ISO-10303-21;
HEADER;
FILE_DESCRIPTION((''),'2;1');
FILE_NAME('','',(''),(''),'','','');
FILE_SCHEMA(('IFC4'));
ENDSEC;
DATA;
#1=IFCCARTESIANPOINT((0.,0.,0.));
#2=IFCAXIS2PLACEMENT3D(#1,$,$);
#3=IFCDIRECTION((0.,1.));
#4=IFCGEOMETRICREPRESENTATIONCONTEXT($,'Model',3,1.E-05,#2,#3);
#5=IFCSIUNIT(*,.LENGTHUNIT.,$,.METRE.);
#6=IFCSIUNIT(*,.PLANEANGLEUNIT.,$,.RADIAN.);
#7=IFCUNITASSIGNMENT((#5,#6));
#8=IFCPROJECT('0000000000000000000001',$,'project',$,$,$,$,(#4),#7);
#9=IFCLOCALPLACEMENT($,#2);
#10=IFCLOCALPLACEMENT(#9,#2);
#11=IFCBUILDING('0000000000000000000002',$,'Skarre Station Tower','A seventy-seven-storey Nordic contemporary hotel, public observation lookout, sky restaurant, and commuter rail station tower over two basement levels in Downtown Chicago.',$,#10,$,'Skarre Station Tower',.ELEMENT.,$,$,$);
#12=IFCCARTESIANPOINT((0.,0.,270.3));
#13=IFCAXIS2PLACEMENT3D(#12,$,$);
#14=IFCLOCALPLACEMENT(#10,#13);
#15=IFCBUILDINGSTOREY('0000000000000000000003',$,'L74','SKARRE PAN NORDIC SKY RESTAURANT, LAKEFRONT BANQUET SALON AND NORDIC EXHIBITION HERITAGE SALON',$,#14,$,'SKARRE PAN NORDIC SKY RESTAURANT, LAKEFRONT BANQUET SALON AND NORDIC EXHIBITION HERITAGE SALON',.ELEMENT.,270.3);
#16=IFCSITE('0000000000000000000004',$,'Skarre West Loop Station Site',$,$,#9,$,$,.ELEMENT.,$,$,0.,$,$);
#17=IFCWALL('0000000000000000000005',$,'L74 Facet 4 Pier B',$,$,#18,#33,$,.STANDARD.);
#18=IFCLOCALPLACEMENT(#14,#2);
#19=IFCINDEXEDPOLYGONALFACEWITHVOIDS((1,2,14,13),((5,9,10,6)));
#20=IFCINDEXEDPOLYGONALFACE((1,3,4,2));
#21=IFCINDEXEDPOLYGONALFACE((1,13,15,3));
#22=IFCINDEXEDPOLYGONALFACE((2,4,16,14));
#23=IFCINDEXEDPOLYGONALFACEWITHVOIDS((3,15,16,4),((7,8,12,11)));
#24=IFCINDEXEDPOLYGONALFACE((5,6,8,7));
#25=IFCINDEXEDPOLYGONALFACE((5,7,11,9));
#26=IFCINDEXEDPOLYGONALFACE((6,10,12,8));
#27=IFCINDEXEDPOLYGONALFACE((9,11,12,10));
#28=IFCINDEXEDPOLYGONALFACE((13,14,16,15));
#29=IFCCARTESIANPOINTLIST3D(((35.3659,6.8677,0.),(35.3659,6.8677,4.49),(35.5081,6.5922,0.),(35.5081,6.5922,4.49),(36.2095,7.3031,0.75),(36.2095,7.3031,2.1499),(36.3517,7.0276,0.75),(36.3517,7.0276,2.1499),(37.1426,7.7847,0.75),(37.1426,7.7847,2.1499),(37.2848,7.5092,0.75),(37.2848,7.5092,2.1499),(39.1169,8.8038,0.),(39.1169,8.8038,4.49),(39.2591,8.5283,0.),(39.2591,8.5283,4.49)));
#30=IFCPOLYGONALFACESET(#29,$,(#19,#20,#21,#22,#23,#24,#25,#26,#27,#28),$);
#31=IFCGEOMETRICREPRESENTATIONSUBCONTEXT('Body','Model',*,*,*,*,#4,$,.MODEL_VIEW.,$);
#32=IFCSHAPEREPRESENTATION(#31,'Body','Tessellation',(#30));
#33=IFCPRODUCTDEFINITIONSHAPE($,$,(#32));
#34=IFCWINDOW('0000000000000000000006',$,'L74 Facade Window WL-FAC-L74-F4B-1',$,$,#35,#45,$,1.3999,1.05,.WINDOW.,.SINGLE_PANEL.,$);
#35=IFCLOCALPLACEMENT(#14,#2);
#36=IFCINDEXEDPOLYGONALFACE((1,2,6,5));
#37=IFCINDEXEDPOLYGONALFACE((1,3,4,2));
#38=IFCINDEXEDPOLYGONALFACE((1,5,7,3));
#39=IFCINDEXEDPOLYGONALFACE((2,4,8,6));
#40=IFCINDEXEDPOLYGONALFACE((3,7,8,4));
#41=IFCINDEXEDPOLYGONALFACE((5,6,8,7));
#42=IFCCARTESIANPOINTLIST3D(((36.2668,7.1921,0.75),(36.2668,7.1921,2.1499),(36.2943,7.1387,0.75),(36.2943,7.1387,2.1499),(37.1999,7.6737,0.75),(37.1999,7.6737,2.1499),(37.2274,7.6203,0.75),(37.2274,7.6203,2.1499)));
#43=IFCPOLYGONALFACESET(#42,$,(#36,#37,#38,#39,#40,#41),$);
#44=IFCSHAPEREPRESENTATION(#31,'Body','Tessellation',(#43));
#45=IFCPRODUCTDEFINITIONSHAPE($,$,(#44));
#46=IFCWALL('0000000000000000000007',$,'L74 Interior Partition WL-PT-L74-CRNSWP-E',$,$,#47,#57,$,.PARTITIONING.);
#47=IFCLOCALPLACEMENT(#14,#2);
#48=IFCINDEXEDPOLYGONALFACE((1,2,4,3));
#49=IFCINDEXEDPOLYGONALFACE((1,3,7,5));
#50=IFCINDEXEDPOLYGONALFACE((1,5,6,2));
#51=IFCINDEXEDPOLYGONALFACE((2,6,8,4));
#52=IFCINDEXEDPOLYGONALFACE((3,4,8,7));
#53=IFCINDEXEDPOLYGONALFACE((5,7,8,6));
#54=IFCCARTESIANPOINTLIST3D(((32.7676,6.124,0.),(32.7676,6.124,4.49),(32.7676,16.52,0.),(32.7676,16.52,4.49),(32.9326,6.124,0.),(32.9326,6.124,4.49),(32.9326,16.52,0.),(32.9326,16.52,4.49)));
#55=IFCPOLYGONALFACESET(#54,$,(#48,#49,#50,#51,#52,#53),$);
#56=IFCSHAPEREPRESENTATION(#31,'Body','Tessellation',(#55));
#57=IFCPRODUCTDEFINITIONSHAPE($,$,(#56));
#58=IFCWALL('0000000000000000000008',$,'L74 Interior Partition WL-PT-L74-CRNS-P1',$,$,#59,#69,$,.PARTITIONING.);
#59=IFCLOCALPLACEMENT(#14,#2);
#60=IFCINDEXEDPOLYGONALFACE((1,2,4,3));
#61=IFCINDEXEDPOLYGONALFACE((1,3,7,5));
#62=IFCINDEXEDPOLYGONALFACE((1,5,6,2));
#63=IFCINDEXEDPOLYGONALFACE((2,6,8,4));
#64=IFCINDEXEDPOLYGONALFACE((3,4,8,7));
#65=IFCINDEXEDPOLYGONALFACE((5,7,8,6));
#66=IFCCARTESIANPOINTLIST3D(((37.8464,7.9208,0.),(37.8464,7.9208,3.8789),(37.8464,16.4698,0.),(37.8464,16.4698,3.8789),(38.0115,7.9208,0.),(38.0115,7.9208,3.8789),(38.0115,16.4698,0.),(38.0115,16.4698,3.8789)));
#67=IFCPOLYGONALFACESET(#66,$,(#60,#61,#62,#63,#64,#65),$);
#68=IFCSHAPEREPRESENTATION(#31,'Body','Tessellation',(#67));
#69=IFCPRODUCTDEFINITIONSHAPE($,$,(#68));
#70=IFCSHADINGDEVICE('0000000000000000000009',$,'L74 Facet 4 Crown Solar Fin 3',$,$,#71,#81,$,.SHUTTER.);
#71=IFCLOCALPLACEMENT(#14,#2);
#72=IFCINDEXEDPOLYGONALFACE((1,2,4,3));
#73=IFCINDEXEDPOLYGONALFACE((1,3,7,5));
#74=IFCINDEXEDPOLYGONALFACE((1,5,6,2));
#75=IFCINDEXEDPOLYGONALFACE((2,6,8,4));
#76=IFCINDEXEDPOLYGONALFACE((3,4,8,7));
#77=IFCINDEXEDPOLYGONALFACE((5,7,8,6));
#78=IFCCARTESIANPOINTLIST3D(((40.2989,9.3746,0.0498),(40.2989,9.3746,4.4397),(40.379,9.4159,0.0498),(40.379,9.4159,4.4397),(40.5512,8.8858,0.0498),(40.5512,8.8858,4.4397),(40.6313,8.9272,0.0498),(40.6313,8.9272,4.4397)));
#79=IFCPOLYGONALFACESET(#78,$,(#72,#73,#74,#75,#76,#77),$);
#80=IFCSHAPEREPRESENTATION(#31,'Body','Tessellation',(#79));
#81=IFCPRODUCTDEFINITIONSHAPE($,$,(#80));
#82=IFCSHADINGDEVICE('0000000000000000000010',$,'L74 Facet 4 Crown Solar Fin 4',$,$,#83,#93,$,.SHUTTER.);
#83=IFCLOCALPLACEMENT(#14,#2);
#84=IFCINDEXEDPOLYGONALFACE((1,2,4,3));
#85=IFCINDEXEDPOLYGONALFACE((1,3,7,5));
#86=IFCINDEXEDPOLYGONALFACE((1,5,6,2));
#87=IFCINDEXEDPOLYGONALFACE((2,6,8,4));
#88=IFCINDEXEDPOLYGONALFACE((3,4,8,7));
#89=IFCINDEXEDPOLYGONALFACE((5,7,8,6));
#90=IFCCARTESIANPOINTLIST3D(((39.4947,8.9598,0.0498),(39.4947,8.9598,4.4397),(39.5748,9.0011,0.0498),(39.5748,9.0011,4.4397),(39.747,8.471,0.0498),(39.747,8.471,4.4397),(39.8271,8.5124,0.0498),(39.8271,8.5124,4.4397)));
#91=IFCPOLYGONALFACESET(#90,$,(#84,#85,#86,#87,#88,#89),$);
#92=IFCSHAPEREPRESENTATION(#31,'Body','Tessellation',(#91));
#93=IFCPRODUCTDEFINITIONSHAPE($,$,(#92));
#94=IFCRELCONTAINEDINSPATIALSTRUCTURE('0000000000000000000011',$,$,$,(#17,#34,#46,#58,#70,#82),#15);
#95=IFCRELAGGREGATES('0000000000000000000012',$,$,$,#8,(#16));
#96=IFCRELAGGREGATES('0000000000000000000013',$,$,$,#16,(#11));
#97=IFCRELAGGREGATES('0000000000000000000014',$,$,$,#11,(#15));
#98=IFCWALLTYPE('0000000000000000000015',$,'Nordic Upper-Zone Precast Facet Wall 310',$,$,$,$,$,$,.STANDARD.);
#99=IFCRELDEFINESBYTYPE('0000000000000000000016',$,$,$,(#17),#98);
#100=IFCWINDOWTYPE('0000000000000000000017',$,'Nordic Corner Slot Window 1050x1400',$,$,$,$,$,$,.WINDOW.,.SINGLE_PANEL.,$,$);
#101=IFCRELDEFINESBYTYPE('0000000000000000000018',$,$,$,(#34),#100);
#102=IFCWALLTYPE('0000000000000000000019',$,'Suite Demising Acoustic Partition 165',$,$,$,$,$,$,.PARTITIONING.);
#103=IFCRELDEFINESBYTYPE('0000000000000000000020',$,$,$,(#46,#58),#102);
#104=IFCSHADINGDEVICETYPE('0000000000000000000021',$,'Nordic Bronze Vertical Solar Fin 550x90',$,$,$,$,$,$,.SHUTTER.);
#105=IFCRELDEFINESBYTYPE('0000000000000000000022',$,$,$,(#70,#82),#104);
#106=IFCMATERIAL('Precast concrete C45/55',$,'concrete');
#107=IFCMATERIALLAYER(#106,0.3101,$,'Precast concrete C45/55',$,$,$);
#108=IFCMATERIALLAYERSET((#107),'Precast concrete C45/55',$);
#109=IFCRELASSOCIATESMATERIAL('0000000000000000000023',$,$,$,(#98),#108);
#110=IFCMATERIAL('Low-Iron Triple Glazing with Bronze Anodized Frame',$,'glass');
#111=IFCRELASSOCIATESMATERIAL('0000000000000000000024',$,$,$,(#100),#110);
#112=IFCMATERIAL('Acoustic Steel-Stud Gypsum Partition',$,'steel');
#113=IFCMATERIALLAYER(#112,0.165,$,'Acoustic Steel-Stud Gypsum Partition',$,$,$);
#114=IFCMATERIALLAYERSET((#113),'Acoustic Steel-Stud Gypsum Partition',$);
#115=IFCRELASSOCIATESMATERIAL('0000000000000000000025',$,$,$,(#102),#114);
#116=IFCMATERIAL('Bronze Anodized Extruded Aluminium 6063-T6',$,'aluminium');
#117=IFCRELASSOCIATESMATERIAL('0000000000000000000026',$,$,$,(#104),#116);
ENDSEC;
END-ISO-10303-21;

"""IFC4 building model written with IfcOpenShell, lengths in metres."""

from ifc_helpers import new_model, si_unit, direction, frame, frame_2d, origin, origin_2d, place, context, subcontext, project, spatial, rectangle, extrude, material, layer, layer_set, type_object, element, fill, save


model = new_model("IFC4")

# Units and contexts
model_context = context("Model", 3, precision=1e-05, world=origin(), true_north=direction((0.0, 1.0)))
body_context = subcontext(model_context, "Body", "Model", "MODEL_VIEW")
ifc_project = project(units=[si_unit("LENGTHUNIT", "METRE"), si_unit("PLANEANGLEUNIT", "RADIAN")], contexts=[model_context])

# Site, building, storey
site_placement = place(None, origin())
site = spatial("IfcSite", under=ifc_project, at=site_placement, Name="Skarre West Loop Station Site", CompositionType="ELEMENT", RefElevation=0.0)
building_placement = place(site_placement, origin())
building = spatial("IfcBuilding", under=site, at=building_placement, Name="Skarre Station Tower", Description="A seventy-seven-storey Nordic contemporary hotel, public observation lookout, sky restaurant, and commuter rail station tower over two basement levels in Downtown Chicago.", LongName="Skarre Station Tower", CompositionType="ELEMENT")
storey_placement = place(building_placement, frame((0.0, 0.0, 270.3)))
storey = spatial("IfcBuildingStorey", under=building, at=storey_placement, Name="L74", Description="SKARRE PAN NORDIC SKY RESTAURANT, LAKEFRONT BANQUET SALON AND NORDIC EXHIBITION HERITAGE SALON", LongName="SKARRE PAN NORDIC SKY RESTAURANT, LAKEFRONT BANQUET SALON AND NORDIC EXHIBITION HERITAGE SALON", CompositionType="ELEMENT", Elevation=270.3)

# Shared definitions
ifc_material_1 = material(Name="Precast concrete C45/55", Category="concrete")

# Wall, opening, window
ifc_layer_1 = layer(ifc_material_1, 0.3101, Name="Precast concrete C45/55")
ifc_layer_set_1 = layer_set([ifc_layer_1], Name="Precast concrete C45/55")
wall_type_1 = type_object("IfcWallType", Name="Nordic Upper-Zone Precast Facet Wall 310", PredefinedType="STANDARD", material=ifc_layer_set_1)
wall_1_placement = place(storey_placement, frame((39.188, 8.666, 0.0), z_axis=(0.0, 0.0, 1.0), x_axis=(-0.888616, -0.458652, 0.0)))
wall_1 = element("IfcWall", 1, at=wall_1_placement, inside=storey, type_object=wall_type_1, Name="L74 Facet 4 Pier B", PredefinedType="STANDARD", context=body_context, shape_type="SweptSolid", body=[
    extrude(rectangle(XDim=4.2212, YDim=0.3101, at=frame_2d((2.1106, 0.0))), origin(), (0.0, 0.0, 1.0), 4.49),
])
opening_placement = place(wall_1_placement, frame((2.2219, 0.0, 0.75)))
opening = element("IfcOpeningElement", 2, at=opening_placement, cuts=wall_1, PredefinedType="OPENING", context=body_context, shape_type="SweptSolid", body=[
    extrude(rectangle(XDim=1.05, YDim=1.3999, at=frame_2d((0.5249, 0.7))), frame((0.0, 0.165, 0.0), z_axis=(0.0, -1.0, 0.0), x_axis=(1.0, 0.0, 0.0)), (0.0, 0.0, 1.0), 0.3301),
])
ifc_material_2 = material(Name="Low-Iron Triple Glazing with Bronze Anodized Frame", Category="glass")
window_type = type_object("IfcWindowType", Name="Nordic Corner Slot Window 1050x1400", PartitioningType="SINGLE_PANEL", PredefinedType="WINDOW", material=ifc_material_2)
window_placement = place(opening_placement, origin())
window = element("IfcWindow", 3, at=window_placement, inside=storey, type_object=window_type, Name="L74 Facade Window WL-FAC-L74-F4B-1", OverallHeight=1.3999, OverallWidth=1.05, PartitioningType="SINGLE_PANEL", PredefinedType="WINDOW", context=body_context, shape_type="SweptSolid", body=[
    extrude(rectangle(XDim=1.05, YDim=1.3999, at=frame_2d((0.5249, 0.7))), frame((0.0, 0.03, 0.0), z_axis=(0.0, -1.0, 0.0), x_axis=(1.0, 0.0, 0.0)), (0.0, 0.0, 1.0), 0.0601),
])
fill(opening, window)

# Walls
ifc_material_3 = material(Name="Acoustic Steel-Stud Gypsum Partition", Category="steel")
ifc_layer_2 = layer(ifc_material_3, 0.165, Name="Acoustic Steel-Stud Gypsum Partition")
ifc_layer_set_2 = layer_set([ifc_layer_2], Name="Acoustic Steel-Stud Gypsum Partition")
wall_type_2 = type_object("IfcWallType", Name="Suite Demising Acoustic Partition 165", PredefinedType="PARTITIONING", material=ifc_layer_set_2)
wall_2_placement = place(storey_placement, frame((32.8501, 6.124, 0.0), z_axis=(0.0, 0.0, 1.0), x_axis=(0.0, 1.0, 0.0)))
element("IfcWall", 4, at=wall_2_placement, inside=storey, type_object=wall_type_2, Name="L74 Interior Partition WL-PT-L74-CRNSWP-E", PredefinedType="PARTITIONING", context=body_context, shape_type="SweptSolid", body=[
    extrude(rectangle(XDim=10.396, YDim=0.165, at=frame_2d((5.198, 0.0))), origin(), (0.0, 0.0, 1.0), 4.49),
])
wall_3_placement = place(storey_placement, frame((37.929, 7.9209, 0.0), z_axis=(0.0, 0.0, 1.0), x_axis=(0.0, 1.0, 0.0)))
element("IfcWall", 5, at=wall_3_placement, inside=storey, type_object=wall_type_2, Name="L74 Interior Partition WL-PT-L74-CRNS-P1", PredefinedType="PARTITIONING", context=body_context, shape_type="SweptSolid", body=[
    extrude(rectangle(XDim=8.5491, YDim=0.165, at=frame_2d((4.2744, 0.0))), origin(), (0.0, 0.0, 1.0), 3.8789),
])

# Shading devices
ifc_material_4 = material(Name="Bronze Anodized Extruded Aluminium 6063-T6", Category="aluminium")
shading_device_type = type_object("IfcShadingDeviceType", Name="Nordic Bronze Vertical Solar Fin 550x90", PredefinedType="SHUTTER", material=ifc_material_4)
for number, where, z_axis, x_axis, name in (
    (6, (40.4651, 9.1509, 0.0498), (0.0, 0.0, 1.0), (0.458712, -0.888585, 0.0), "L74 Facet 4 Crown Solar Fin 3"),
    (7, (39.6609, 8.7361, 0.0498), (0.0, 0.0, 1.0), (0.458712, -0.888585, 0.0), "L74 Facet 4 Crown Solar Fin 4"),
):
    element("IfcShadingDevice", number, at=place(storey_placement, frame(where, z_axis=z_axis, x_axis=x_axis)), inside=storey, type_object=shading_device_type, Name=name, PredefinedType="SHUTTER", context=body_context, shape_type="SweptSolid", body=[
        extrude(rectangle(XDim=0.55, YDim=0.0901, at=origin_2d()), origin(), (0.0, 0.0, 1.0), 4.3899),
    ])

save(model, "model.ifc")
